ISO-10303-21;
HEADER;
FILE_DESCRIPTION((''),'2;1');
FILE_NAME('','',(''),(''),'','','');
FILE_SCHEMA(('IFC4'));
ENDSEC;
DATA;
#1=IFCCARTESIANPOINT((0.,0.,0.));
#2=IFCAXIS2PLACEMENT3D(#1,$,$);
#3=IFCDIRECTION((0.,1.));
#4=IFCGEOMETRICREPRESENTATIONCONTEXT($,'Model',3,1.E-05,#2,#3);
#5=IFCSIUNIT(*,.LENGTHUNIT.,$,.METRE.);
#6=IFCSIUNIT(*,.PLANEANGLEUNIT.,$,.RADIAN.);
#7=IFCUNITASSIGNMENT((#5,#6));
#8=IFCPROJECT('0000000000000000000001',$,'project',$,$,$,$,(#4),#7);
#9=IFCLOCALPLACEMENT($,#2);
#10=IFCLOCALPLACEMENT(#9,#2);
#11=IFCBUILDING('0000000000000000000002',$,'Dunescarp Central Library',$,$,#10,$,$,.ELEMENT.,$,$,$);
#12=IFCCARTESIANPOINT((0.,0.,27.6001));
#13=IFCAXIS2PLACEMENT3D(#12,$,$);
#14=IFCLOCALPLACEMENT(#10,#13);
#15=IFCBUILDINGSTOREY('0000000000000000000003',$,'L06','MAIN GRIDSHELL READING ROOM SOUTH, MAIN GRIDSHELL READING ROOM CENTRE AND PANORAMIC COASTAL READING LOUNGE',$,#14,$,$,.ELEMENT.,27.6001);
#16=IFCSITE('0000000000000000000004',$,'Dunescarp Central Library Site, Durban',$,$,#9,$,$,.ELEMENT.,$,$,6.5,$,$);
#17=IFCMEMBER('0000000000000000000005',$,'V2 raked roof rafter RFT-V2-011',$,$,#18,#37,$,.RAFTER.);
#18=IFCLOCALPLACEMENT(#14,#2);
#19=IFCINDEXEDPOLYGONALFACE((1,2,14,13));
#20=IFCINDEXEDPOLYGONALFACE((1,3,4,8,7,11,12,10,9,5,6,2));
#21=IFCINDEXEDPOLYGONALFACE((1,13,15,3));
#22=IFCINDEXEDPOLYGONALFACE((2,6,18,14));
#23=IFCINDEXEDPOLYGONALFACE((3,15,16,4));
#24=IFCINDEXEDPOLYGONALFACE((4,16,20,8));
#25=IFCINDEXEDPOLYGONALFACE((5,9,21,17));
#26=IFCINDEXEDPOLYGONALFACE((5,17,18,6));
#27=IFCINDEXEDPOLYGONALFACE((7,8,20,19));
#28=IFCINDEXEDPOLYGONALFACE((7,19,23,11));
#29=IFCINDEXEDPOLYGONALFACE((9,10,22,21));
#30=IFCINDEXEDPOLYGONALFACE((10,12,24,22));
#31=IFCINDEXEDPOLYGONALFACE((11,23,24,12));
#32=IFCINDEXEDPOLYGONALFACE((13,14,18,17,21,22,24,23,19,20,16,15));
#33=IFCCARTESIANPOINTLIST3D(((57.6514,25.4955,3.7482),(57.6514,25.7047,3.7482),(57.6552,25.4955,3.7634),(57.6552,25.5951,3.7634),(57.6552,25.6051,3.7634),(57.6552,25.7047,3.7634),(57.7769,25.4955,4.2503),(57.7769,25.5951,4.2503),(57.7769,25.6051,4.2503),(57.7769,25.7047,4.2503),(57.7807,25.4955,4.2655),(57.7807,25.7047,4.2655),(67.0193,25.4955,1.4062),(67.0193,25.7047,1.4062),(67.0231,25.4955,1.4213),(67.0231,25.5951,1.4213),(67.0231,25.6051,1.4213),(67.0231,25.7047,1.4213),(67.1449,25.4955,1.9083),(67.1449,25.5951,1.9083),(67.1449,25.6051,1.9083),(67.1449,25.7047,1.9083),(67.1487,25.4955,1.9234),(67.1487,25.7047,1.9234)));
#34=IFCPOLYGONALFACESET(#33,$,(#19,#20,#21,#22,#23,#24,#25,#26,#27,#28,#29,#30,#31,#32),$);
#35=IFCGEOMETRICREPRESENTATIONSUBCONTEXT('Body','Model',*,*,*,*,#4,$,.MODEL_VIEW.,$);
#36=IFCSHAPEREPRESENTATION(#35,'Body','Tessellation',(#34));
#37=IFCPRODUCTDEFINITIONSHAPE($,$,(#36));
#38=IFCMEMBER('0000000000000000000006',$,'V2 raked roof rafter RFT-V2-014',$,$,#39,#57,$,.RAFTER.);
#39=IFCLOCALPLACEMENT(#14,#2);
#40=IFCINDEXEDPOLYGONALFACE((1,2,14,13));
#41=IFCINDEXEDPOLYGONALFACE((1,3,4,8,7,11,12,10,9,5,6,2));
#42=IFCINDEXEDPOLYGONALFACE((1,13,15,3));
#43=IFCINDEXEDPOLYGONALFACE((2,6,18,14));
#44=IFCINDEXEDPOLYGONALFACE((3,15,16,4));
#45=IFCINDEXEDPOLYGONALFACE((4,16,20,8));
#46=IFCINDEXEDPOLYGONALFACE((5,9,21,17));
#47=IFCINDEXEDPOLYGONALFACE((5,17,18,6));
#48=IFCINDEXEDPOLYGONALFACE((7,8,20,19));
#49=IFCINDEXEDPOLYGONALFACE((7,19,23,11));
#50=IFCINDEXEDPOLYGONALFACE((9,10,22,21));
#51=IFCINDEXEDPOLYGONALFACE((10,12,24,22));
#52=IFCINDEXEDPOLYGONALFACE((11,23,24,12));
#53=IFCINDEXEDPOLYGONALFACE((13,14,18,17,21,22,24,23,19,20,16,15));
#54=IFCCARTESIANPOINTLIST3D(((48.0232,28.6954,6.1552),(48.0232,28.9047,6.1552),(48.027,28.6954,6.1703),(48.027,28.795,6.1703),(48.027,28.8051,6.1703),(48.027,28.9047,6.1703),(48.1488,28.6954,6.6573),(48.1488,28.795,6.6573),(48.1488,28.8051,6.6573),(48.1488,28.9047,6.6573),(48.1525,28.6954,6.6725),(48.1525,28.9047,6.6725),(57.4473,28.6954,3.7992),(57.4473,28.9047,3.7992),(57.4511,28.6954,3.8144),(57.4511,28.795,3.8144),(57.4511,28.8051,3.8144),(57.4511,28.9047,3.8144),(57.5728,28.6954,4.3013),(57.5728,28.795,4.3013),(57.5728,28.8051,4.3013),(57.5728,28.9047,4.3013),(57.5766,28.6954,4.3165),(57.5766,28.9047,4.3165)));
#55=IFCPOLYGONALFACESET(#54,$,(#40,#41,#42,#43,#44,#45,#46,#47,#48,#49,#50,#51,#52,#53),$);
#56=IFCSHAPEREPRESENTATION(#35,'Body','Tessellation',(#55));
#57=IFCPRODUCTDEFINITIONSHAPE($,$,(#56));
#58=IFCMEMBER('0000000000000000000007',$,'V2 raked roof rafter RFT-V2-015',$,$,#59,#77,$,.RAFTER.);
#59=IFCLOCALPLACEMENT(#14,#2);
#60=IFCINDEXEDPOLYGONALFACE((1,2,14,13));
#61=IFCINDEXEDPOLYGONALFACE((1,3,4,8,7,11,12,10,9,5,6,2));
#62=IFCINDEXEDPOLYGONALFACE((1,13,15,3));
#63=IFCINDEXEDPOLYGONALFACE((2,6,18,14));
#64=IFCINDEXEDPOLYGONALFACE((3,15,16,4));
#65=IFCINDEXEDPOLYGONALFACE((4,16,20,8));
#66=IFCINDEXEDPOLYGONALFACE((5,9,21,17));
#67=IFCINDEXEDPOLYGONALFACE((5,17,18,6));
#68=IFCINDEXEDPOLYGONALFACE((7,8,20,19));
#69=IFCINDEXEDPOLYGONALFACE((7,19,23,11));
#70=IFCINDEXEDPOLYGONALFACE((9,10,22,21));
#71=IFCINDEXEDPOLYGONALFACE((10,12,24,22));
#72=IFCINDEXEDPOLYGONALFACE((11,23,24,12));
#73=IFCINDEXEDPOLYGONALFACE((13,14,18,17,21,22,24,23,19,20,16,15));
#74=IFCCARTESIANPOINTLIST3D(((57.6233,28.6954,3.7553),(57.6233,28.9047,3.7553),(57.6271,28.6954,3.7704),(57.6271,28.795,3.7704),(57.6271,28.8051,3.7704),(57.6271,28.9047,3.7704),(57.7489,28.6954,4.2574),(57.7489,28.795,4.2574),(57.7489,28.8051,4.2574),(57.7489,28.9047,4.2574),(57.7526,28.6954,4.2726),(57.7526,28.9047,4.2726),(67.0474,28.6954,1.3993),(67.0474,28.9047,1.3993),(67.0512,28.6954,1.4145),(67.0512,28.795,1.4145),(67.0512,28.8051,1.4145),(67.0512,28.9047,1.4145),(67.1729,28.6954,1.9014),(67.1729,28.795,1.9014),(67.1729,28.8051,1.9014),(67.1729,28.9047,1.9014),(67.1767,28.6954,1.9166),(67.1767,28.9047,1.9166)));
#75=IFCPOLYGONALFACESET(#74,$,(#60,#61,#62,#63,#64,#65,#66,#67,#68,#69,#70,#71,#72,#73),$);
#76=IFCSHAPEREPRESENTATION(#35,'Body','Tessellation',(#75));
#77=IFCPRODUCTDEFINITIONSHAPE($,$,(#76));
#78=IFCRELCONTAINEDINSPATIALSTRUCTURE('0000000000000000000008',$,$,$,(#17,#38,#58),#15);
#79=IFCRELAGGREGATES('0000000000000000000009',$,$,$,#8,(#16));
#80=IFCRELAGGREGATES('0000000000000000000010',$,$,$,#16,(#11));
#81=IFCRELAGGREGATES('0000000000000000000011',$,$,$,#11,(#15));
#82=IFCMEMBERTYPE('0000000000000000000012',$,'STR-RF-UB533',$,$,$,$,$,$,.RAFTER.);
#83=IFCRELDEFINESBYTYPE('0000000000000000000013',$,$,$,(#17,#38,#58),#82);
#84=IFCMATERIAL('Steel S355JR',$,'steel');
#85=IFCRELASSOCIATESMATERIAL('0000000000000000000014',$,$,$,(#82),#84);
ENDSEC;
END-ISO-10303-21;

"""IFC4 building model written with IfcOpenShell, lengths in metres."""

from ifc_helpers import new_model, si_unit, direction, frame, origin, origin_2d, place, context, subcontext, project, spatial, i_section, extrude, material, material_profile, profile_set, type_object, element, save


model = new_model("IFC4")

# Units and contexts
model_context = context("Model", 3, precision=1e-05, world=origin(), true_north=direction((0.0, 1.0)))
body_context = subcontext(model_context, "Body", "Model", "MODEL_VIEW")
ifc_project = project(units=[si_unit("LENGTHUNIT", "METRE"), si_unit("PLANEANGLEUNIT", "RADIAN")], contexts=[model_context])

# Site, building, storey
site_placement = place(None, origin())
site = spatial("IfcSite", under=ifc_project, at=site_placement, Name="Dunescarp Central Library Site, Durban", CompositionType="ELEMENT", RefElevation=6.5)
building_placement = place(site_placement, origin())
building = spatial("IfcBuilding", under=site, at=building_placement, Name="Dunescarp Central Library", CompositionType="ELEMENT")
storey_placement = place(building_placement, frame((0.0, 0.0, 27.6001)))
storey = spatial("IfcBuildingStorey", under=building, at=storey_placement, Name="L06", Description="MAIN GRIDSHELL READING ROOM SOUTH, MAIN GRIDSHELL READING ROOM CENTRE AND PANORAMIC COASTAL READING LOUNGE", CompositionType="ELEMENT", Elevation=27.6001)

# Shared definitions
ifc_material = material(Name="Steel S355JR", Category="steel")

# Members
ifc_material_profile_1 = material_profile(ifc_material, i_section(OverallWidth=0.2092, OverallDepth=0.5332, WebThickness=0.01, FlangeThickness=0.0156, at=origin_2d()), Name="UB 533x210x92")
ifc_profile_set_1 = profile_set([ifc_material_profile_1], Name="Steel S355JR")
member_type_1 = type_object("IfcMemberType", Name="STR-RF-UB533", PredefinedType="RAFTER", material=ifc_profile_set_1)
for number, where, z_axis, x_axis, name in (
    (1, (57.7161, 25.6001, 4.0068), (0.970141, 0.0, -0.242542), (0.0, 1.0, 0.0), "V2 raked roof rafter RFT-V2-011"),
):
    element("IfcMember", number, at=place(storey_placement, frame(where, z_axis=z_axis, x_axis=x_axis)), inside=storey, type_object=member_type_1, Name=name, PredefinedType="RAFTER", context=body_context, shape_type="SweptSolid", body=[
        extrude(i_section(OverallWidth=0.2092, OverallDepth=0.5332, WebThickness=0.01, FlangeThickness=0.0156, at=origin_2d()), origin(), (0.0, 0.0, 1.0), 9.6562),
    ])
for number, where, z_axis, x_axis, name in (
    (2, (48.0879, 28.8, 6.4138), (0.970144, 0.0, -0.24253), (0.0, 1.0, 0.0), "V2 raked roof rafter RFT-V2-014"),
    (3, (57.688, 28.8, 4.0139), (0.970144, 0.0, -0.24253), (0.0, 1.0, 0.0), "V2 raked roof rafter RFT-V2-015"),
):
    element("IfcMember", number, at=place(storey_placement, frame(where, z_axis=z_axis, x_axis=x_axis)), inside=storey, type_object=member_type_1, Name=name, PredefinedType="RAFTER", context=body_context, shape_type="SweptSolid", body=[
        extrude(i_section(OverallWidth=0.2092, OverallDepth=0.5332, WebThickness=0.01, FlangeThickness=0.0156, at=origin_2d()), origin(), (0.0, 0.0, 1.0), 9.7141),
    ])

save(model, "model.ifc")
